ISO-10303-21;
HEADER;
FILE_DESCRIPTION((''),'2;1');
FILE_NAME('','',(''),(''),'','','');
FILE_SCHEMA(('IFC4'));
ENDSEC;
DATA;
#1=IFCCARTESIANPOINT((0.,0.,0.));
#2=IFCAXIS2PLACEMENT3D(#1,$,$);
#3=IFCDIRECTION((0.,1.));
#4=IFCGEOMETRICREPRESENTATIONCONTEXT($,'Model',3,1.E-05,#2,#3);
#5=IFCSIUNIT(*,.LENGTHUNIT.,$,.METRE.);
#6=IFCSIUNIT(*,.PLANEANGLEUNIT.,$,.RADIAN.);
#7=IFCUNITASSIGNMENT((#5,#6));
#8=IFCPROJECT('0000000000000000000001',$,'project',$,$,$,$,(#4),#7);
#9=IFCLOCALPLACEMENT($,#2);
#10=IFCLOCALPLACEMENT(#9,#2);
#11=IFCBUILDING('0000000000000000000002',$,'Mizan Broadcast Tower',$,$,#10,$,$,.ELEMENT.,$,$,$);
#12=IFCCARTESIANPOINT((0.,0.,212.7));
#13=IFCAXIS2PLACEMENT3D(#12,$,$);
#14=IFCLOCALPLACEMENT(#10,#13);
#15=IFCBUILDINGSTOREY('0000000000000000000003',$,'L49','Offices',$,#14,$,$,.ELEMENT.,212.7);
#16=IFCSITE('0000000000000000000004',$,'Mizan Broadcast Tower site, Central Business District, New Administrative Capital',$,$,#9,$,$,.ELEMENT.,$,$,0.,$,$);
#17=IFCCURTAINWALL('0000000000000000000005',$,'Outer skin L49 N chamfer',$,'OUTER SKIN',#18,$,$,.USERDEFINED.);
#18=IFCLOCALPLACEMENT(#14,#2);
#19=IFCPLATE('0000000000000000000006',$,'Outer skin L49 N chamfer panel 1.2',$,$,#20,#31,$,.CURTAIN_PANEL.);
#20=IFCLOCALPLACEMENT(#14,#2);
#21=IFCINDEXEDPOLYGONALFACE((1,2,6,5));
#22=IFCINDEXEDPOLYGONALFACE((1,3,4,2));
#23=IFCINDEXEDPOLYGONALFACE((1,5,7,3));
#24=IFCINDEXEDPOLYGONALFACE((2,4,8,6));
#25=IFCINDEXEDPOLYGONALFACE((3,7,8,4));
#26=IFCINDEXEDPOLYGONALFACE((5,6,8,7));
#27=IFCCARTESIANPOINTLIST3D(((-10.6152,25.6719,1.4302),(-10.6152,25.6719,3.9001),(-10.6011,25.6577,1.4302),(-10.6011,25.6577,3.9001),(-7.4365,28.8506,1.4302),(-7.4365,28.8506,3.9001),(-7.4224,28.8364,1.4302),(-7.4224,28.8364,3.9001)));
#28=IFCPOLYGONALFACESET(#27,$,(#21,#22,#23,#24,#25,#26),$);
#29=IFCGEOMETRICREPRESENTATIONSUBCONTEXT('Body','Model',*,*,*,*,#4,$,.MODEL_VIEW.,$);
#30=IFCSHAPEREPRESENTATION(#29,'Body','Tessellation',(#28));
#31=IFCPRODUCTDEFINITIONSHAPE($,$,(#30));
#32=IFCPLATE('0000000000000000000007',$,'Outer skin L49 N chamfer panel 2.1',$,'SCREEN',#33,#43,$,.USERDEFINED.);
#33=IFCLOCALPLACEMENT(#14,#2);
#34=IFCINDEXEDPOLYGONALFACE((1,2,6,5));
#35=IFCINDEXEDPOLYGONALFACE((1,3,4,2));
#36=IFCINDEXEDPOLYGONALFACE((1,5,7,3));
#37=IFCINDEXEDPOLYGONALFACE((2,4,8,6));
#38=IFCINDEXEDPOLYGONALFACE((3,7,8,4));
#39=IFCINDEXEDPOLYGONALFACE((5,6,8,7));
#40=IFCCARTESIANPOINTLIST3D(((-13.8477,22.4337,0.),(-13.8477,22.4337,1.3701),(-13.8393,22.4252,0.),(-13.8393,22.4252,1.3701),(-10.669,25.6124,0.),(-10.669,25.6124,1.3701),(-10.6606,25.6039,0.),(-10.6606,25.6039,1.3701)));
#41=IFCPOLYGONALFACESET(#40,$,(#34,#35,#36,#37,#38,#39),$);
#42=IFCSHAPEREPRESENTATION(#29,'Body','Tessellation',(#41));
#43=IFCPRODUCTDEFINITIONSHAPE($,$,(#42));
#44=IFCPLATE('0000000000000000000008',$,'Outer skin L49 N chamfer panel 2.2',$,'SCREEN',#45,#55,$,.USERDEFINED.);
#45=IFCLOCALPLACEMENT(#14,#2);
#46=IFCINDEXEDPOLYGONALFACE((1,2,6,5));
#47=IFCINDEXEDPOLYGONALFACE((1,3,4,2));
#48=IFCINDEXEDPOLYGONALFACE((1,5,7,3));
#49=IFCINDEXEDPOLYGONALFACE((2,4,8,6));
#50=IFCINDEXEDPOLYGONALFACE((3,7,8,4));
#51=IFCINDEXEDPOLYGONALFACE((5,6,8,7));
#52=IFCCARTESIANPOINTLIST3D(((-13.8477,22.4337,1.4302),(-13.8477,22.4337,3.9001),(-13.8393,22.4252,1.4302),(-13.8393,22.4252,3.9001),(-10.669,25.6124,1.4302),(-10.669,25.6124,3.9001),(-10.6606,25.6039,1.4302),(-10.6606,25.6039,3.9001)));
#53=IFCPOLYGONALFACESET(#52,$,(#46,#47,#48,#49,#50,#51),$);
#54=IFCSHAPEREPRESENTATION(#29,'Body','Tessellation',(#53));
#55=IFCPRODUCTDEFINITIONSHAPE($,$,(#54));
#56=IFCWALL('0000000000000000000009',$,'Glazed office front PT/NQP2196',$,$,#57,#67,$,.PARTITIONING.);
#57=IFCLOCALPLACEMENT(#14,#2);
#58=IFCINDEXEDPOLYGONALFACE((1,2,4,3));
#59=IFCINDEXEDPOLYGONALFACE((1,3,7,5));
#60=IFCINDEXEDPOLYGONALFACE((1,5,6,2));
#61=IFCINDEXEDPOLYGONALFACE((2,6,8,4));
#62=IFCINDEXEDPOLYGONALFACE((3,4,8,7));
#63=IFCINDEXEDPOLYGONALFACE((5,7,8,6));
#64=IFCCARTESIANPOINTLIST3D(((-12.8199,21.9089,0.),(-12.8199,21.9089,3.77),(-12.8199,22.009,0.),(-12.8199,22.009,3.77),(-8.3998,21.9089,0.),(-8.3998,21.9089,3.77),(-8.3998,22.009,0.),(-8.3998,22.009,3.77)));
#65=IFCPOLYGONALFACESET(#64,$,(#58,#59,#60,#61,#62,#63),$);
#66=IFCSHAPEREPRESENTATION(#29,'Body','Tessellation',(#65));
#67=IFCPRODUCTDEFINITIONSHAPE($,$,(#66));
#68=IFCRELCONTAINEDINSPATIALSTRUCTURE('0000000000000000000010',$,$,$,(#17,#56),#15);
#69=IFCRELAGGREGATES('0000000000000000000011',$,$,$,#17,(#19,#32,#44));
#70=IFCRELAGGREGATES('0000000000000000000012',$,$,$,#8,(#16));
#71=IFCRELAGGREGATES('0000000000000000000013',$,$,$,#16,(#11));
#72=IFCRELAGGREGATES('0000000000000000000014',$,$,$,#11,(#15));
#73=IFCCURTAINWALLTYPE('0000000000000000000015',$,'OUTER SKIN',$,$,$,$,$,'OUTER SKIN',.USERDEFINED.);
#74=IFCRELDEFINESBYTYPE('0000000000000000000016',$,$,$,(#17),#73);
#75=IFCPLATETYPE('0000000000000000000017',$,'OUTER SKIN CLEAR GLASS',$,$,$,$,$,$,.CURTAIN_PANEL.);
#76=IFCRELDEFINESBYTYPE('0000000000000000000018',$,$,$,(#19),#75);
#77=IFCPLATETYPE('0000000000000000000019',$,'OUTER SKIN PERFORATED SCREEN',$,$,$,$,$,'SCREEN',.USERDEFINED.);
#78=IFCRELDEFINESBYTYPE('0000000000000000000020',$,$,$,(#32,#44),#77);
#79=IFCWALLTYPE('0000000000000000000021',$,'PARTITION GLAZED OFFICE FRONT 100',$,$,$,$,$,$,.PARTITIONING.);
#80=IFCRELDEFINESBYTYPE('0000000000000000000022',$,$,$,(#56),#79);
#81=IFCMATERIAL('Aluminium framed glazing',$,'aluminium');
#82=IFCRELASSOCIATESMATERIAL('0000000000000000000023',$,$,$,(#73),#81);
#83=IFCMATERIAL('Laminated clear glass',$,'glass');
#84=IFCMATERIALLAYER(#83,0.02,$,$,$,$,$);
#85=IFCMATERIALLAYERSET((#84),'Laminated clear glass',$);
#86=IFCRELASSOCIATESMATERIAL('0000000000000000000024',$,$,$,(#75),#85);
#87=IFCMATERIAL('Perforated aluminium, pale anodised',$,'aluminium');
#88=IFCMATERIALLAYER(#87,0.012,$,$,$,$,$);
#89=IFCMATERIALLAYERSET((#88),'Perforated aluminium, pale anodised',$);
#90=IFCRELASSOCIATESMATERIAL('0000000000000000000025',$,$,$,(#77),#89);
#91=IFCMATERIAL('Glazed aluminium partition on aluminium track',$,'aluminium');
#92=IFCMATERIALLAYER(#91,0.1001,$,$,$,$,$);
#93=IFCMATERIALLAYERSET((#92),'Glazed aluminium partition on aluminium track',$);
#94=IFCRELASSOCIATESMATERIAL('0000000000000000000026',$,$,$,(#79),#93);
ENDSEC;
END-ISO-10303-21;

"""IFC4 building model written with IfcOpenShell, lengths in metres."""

from ifc_helpers import new_model, si_unit, direction, frame, frame_2d, origin, origin_2d, place, context, subcontext, project, spatial, rectangle, extrude, material, layer, layer_set, type_object, element, aggregate, save


model = new_model("IFC4")

# Units and contexts
model_context = context("Model", 3, precision=1e-05, world=origin(), true_north=direction((0.0, 1.0)))
body_context = subcontext(model_context, "Body", "Model", "MODEL_VIEW")
ifc_project = project(units=[si_unit("LENGTHUNIT", "METRE"), si_unit("PLANEANGLEUNIT", "RADIAN")], contexts=[model_context])

# Site, building, storey
site_placement = place(None, origin())
site = spatial("IfcSite", under=ifc_project, at=site_placement, Name="Mizan Broadcast Tower site, Central Business District, New Administrative Capital", CompositionType="ELEMENT", RefElevation=0.0)
building_placement = place(site_placement, origin())
building = spatial("IfcBuilding", under=site, at=building_placement, Name="Mizan Broadcast Tower", CompositionType="ELEMENT")
storey_placement = place(building_placement, frame((0.0, 0.0, 212.7)))
storey = spatial("IfcBuildingStorey", under=building, at=storey_placement, Name="L49", Description="Offices", CompositionType="ELEMENT", Elevation=212.7)

# Curtain wall
ifc_material_1 = material(Name="Aluminium framed glazing", Category="aluminium")
curtain_wall_type_1 = type_object("IfcCurtainWallType", Name="OUTER SKIN", ElementType="OUTER SKIN", PredefinedType="USERDEFINED", material=ifc_material_1)
curtain_wall_1_placement = place(storey_placement, origin())
curtain_wall_1 = element("IfcCurtainWall", 1, at=curtain_wall_1_placement, inside=storey, type_object=curtain_wall_type_1, Name="Outer skin L49 N chamfer", ObjectType="OUTER SKIN", PredefinedType="USERDEFINED")

# Plates
ifc_material_2 = material(Name="Laminated clear glass", Category="glass")
ifc_layer_1 = layer(ifc_material_2, 0.02)
ifc_layer_set_1 = layer_set([ifc_layer_1], Name="Laminated clear glass")
plate_type_1 = type_object("IfcPlateType", Name="OUTER SKIN CLEAR GLASS", PredefinedType="CURTAIN_PANEL", material=ifc_layer_set_1)
plate_1_placement = place(storey_placement, frame((-9.0188, 27.2542, 1.4302), z_axis=(0.0, 0.0, 1.0), x_axis=(-0.707107, -0.707107, 0.0)))
plate_1 = element("IfcPlate", 2, at=plate_1_placement, type_object=plate_type_1, Name="Outer skin L49 N chamfer panel 1.2", PredefinedType="CURTAIN_PANEL", context=body_context, shape_type="SweptSolid", body=[
    extrude(rectangle(XDim=4.4954, YDim=0.02, at=origin_2d()), origin(), (0.0, 0.0, 1.0), 2.47),
])
ifc_material_3 = material(Name="Perforated aluminium, pale anodised", Category="aluminium")
ifc_layer_2 = layer(ifc_material_3, 0.012)
ifc_layer_set_2 = layer_set([ifc_layer_2], Name="Perforated aluminium, pale anodised")
plate_type_2 = type_object("IfcPlateType", Name="OUTER SKIN PERFORATED SCREEN", ElementType="SCREEN", PredefinedType="USERDEFINED", material=ifc_layer_set_2)
plate_2_placement = place(storey_placement, frame((-12.2542, 24.0188, 0.0), z_axis=(0.0, 0.0, 1.0), x_axis=(-0.707107, -0.707107, 0.0)))
plate_2 = element("IfcPlate", 3, at=plate_2_placement, type_object=plate_type_2, Name="Outer skin L49 N chamfer panel 2.1", ObjectType="SCREEN", PredefinedType="USERDEFINED", context=body_context, shape_type="SweptSolid", body=[
    extrude(rectangle(XDim=4.4954, YDim=0.012, at=origin_2d()), origin(), (0.0, 0.0, 1.0), 1.3701),
])
plate_3_placement = place(storey_placement, frame((-12.2542, 24.0188, 1.4302), z_axis=(0.0, 0.0, 1.0), x_axis=(-0.707107, -0.707107, 0.0)))
plate_3 = element("IfcPlate", 4, at=plate_3_placement, type_object=plate_type_2, Name="Outer skin L49 N chamfer panel 2.2", ObjectType="SCREEN", PredefinedType="USERDEFINED", context=body_context, shape_type="SweptSolid", body=[
    extrude(rectangle(XDim=4.4954, YDim=0.012, at=origin_2d()), origin(), (0.0, 0.0, 1.0), 2.47),
])
aggregate(curtain_wall_1, [plate_1, plate_2, plate_3])

# Wall
ifc_material_4 = material(Name="Glazed aluminium partition on aluminium track", Category="aluminium")
ifc_layer_3 = layer(ifc_material_4, 0.1001)
ifc_layer_set_3 = layer_set([ifc_layer_3], Name="Glazed aluminium partition on aluminium track")
wall_type = type_object("IfcWallType", Name="PARTITION GLAZED OFFICE FRONT 100", PredefinedType="PARTITIONING", material=ifc_layer_set_3)
wall_placement = place(storey_placement, frame((-8.3999, 21.959, 0.0), z_axis=(0.0, 0.0, 1.0), x_axis=(-1.0, 0.0, 0.0)))
element("IfcWall", 5, at=wall_placement, inside=storey, type_object=wall_type, Name="Glazed office front PT/NQP2196", PredefinedType="PARTITIONING", context=body_context, shape_type="SweptSolid", body=[
    extrude(rectangle(XDim=4.4202, YDim=0.1001, at=frame_2d((2.21, 0.0))), origin(), (0.0, 0.0, 1.0), 3.77),
])

save(model, "model.ifc")
